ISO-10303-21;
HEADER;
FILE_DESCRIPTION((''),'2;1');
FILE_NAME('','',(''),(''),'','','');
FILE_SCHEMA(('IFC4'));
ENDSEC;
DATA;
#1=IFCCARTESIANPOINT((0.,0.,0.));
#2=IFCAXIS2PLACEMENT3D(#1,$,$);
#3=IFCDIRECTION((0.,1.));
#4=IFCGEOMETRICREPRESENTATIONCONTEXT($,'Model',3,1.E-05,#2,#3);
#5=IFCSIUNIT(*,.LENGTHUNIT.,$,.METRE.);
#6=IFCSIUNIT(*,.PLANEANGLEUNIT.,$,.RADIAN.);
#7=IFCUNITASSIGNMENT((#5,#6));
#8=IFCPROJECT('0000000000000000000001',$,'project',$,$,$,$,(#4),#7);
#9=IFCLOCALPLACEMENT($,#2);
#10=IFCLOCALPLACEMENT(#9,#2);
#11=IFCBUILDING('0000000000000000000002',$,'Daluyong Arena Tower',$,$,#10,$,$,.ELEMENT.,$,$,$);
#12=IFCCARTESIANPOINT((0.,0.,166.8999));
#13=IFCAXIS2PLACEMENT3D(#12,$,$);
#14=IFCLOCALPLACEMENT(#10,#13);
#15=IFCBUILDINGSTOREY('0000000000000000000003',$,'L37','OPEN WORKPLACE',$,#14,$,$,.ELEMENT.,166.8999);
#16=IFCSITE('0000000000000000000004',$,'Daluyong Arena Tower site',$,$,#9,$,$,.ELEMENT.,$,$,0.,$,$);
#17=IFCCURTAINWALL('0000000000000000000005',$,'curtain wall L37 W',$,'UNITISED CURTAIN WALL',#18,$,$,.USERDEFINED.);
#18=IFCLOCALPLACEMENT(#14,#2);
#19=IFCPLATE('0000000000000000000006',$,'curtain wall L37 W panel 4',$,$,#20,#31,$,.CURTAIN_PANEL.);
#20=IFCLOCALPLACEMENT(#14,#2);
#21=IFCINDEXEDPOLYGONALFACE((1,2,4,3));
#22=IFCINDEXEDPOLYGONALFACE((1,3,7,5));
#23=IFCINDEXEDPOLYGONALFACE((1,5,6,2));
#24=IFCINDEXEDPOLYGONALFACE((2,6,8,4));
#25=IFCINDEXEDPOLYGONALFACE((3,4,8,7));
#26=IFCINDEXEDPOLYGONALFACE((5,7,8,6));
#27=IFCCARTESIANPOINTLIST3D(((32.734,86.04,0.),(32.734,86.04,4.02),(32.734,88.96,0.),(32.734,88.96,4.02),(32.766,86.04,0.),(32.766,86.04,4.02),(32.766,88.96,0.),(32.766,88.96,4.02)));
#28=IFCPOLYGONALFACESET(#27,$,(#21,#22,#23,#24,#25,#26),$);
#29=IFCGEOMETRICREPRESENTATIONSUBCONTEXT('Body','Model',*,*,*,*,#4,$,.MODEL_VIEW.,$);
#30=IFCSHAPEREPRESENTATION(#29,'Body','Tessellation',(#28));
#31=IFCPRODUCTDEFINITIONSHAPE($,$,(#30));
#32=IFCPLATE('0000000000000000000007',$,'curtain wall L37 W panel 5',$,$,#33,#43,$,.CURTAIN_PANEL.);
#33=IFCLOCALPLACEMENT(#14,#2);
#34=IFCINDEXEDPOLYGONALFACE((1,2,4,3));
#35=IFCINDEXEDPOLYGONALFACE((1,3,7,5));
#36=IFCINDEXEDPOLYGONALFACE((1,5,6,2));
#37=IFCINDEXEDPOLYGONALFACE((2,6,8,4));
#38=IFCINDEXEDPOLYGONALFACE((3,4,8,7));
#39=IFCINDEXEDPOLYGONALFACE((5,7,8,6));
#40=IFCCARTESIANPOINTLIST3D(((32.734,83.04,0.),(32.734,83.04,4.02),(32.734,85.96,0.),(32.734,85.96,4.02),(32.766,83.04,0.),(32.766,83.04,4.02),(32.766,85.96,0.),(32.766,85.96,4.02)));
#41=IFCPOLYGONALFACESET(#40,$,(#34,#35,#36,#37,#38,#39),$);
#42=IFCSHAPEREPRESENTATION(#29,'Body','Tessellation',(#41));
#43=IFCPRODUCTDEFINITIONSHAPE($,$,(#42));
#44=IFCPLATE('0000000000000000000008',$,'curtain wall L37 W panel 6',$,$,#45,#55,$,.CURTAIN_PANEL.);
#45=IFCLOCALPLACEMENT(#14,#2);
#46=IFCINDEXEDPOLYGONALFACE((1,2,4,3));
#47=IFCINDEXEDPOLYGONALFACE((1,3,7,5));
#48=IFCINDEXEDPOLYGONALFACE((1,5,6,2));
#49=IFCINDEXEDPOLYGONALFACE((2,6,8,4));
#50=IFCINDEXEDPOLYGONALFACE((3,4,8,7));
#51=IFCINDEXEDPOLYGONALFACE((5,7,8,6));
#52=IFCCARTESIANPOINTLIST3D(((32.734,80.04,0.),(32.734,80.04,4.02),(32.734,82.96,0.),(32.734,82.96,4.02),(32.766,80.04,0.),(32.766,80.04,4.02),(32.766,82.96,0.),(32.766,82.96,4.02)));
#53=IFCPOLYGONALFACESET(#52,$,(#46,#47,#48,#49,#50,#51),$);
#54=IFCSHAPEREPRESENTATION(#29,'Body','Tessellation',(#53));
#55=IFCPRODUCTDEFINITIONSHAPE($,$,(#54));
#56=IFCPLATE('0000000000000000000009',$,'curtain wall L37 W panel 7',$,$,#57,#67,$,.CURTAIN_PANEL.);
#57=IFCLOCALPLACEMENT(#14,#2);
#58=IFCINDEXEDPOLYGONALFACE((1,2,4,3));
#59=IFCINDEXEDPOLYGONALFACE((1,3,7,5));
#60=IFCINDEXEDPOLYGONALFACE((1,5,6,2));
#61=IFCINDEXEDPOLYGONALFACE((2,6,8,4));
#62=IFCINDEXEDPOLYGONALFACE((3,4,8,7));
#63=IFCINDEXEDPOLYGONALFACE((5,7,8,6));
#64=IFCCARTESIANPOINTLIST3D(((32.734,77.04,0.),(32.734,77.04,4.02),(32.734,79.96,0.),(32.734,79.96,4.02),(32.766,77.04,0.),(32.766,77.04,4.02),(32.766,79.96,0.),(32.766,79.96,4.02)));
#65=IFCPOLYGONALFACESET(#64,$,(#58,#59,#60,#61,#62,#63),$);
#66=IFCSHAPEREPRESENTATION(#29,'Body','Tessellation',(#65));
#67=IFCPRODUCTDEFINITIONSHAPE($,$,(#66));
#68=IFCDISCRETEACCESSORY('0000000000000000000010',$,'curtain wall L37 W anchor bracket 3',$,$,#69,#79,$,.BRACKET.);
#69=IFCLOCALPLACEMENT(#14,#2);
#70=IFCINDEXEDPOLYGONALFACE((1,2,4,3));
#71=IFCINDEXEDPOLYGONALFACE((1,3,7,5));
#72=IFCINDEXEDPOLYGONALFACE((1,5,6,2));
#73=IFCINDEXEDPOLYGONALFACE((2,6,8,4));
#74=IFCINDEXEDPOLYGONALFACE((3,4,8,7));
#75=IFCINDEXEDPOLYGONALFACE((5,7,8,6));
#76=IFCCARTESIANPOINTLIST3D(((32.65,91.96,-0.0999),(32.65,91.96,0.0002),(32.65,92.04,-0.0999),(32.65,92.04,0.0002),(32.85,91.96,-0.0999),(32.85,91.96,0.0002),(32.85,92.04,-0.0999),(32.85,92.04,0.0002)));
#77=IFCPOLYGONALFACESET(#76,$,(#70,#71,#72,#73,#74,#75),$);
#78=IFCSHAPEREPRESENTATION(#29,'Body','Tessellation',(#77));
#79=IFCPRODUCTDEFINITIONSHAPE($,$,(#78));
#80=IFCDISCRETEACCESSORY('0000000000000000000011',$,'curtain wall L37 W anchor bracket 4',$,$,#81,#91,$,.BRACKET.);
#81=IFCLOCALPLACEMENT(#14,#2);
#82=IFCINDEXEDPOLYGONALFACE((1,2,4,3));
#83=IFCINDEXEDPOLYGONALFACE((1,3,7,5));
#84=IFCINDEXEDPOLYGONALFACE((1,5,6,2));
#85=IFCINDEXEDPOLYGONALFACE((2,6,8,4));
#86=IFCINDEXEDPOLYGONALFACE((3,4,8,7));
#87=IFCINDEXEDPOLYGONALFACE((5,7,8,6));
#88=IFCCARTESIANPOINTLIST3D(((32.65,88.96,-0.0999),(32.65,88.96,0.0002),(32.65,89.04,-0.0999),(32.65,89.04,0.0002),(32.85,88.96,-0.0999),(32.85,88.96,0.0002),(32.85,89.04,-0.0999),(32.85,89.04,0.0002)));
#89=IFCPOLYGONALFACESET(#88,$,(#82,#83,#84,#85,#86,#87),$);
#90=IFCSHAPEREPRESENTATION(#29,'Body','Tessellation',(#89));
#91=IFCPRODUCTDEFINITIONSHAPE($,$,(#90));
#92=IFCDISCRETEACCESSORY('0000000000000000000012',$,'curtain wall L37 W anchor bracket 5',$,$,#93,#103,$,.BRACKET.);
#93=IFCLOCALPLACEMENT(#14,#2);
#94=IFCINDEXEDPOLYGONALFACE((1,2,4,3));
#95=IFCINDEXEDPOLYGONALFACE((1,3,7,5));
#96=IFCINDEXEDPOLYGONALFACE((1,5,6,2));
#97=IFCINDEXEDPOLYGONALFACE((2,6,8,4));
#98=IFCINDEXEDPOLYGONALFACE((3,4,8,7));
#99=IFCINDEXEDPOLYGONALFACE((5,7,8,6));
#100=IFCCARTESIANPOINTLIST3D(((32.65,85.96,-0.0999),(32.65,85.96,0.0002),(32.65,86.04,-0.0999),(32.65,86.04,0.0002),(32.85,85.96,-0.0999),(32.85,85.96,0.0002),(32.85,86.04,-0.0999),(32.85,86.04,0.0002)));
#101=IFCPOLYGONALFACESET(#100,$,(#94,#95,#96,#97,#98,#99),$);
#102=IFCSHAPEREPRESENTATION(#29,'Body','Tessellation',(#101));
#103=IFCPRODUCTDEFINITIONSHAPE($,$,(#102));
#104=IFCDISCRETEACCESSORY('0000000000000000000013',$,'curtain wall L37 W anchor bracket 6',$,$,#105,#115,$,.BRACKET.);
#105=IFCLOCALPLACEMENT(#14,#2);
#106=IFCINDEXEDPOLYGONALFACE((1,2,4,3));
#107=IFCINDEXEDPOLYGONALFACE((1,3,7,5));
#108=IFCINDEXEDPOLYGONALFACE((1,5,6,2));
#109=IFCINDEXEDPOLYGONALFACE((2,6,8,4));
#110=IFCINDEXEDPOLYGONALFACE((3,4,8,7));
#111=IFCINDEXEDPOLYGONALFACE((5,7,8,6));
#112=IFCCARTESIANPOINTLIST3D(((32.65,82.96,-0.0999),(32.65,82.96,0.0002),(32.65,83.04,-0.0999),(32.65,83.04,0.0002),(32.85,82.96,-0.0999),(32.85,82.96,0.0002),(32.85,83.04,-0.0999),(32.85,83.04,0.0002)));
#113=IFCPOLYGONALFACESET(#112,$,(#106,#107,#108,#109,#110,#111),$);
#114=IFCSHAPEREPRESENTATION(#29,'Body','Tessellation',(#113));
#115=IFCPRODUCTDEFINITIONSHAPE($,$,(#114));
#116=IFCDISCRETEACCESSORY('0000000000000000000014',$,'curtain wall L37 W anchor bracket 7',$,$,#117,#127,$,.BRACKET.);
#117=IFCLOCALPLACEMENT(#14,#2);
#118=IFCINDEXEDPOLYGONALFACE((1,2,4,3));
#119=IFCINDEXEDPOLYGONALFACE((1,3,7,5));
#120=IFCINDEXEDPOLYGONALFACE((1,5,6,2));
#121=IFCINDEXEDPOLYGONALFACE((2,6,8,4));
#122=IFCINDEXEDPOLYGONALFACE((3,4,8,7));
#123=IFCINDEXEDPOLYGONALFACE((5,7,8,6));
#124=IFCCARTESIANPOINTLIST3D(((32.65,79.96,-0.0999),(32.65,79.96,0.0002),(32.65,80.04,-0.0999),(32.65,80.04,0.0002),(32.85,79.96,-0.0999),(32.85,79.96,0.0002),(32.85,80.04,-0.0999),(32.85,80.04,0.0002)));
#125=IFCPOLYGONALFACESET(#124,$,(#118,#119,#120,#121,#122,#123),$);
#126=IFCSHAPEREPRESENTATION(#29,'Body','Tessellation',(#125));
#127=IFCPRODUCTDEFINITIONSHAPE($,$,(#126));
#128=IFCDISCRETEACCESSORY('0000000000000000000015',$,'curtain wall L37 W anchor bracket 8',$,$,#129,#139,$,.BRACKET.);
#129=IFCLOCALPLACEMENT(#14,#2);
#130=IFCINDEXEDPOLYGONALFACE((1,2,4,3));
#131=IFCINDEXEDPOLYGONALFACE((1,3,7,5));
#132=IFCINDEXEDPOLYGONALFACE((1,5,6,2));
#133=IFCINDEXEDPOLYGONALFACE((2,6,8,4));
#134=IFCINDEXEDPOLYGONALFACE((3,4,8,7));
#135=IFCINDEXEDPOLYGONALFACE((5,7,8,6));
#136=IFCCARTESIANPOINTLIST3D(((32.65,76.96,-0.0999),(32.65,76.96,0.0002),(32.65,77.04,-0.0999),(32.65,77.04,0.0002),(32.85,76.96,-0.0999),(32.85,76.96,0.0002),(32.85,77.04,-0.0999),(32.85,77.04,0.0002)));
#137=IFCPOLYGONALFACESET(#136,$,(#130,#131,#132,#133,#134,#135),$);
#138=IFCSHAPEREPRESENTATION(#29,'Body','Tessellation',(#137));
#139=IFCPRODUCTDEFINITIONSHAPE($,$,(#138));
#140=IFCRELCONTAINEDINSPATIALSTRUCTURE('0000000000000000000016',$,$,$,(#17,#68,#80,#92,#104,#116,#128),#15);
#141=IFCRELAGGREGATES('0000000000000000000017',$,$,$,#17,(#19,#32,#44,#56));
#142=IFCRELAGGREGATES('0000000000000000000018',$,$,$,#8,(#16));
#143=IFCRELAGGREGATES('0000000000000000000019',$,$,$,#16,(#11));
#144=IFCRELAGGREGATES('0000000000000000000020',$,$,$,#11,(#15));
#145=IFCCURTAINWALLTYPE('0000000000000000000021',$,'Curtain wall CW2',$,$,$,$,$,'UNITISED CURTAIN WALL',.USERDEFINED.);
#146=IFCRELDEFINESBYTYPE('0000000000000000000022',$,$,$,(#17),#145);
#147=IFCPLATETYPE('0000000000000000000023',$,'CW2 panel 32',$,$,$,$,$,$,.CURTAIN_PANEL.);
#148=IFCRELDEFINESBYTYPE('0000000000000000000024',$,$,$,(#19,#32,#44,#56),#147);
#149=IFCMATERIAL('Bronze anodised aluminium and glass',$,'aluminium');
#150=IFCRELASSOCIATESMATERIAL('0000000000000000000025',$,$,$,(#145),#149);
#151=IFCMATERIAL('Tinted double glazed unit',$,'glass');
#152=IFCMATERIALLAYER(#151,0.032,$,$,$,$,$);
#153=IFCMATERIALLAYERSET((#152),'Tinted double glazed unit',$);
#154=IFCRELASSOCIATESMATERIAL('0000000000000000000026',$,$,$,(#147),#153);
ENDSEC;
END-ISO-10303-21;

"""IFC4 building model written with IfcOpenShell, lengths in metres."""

from ifc_helpers import new_model, si_unit, direction, frame, origin, origin_2d, place, context, subcontext, project, spatial, rectangle, extrude, material, layer, layer_set, type_object, element, aggregate, save


model = new_model("IFC4")

# Units and contexts
model_context = context("Model", 3, precision=1e-05, world=origin(), true_north=direction((0.0, 1.0)))
body_context = subcontext(model_context, "Body", "Model", "MODEL_VIEW")
ifc_project = project(units=[si_unit("LENGTHUNIT", "METRE"), si_unit("PLANEANGLEUNIT", "RADIAN")], contexts=[model_context])

# Site, building, storey
site_placement = place(None, origin())
site = spatial("IfcSite", under=ifc_project, at=site_placement, Name="Daluyong Arena Tower site", CompositionType="ELEMENT", RefElevation=0.0)
building_placement = place(site_placement, origin())
building = spatial("IfcBuilding", under=site, at=building_placement, Name="Daluyong Arena Tower", CompositionType="ELEMENT")
storey_placement = place(building_placement, frame((0.0, 0.0, 166.8999)))
storey = spatial("IfcBuildingStorey", under=building, at=storey_placement, Name="L37", Description="OPEN WORKPLACE", CompositionType="ELEMENT", Elevation=166.8999)

# Curtain wall
ifc_material_1 = material(Name="Bronze anodised aluminium and glass", Category="aluminium")
curtain_wall_type = type_object("IfcCurtainWallType", Name="Curtain wall CW2", ElementType="UNITISED CURTAIN WALL", PredefinedType="USERDEFINED", material=ifc_material_1)
curtain_wall_placement = place(storey_placement, origin())
curtain_wall = element("IfcCurtainWall", 1, at=curtain_wall_placement, inside=storey, type_object=curtain_wall_type, Name="curtain wall L37 W", ObjectType="UNITISED CURTAIN WALL", PredefinedType="USERDEFINED")

# Plates
ifc_material_2 = material(Name="Tinted double glazed unit", Category="glass")
ifc_layer = layer(ifc_material_2, 0.032)
ifc_layer_set = layer_set([ifc_layer], Name="Tinted double glazed unit")
plate_type = type_object("IfcPlateType", Name="CW2 panel 32", PredefinedType="CURTAIN_PANEL", material=ifc_layer_set)
plate_1_placement = place(storey_placement, frame((32.75, 87.5, 0.0), z_axis=(0.0, 0.0, 1.0), x_axis=(0.0, -1.0, 0.0)))
plate_1 = element("IfcPlate", 2, at=plate_1_placement, type_object=plate_type, Name="curtain wall L37 W panel 4", PredefinedType="CURTAIN_PANEL", context=body_context, shape_type="SweptSolid", body=[
    extrude(rectangle(XDim=2.9199, YDim=0.032, at=origin_2d()), origin(), (0.0, 0.0, 1.0), 4.02),
])
plate_2_placement = place(storey_placement, frame((32.75, 84.5, 0.0), z_axis=(0.0, 0.0, 1.0), x_axis=(0.0, -1.0, 0.0)))
plate_2 = element("IfcPlate", 3, at=plate_2_placement, type_object=plate_type, Name="curtain wall L37 W panel 5", PredefinedType="CURTAIN_PANEL", context=body_context, shape_type="SweptSolid", body=[
    extrude(rectangle(XDim=2.9199, YDim=0.032, at=origin_2d()), origin(), (0.0, 0.0, 1.0), 4.02),
])
plate_3_placement = place(storey_placement, frame((32.75, 81.5, 0.0), z_axis=(0.0, 0.0, 1.0), x_axis=(0.0, -1.0, 0.0)))
plate_3 = element("IfcPlate", 4, at=plate_3_placement, type_object=plate_type, Name="curtain wall L37 W panel 6", PredefinedType="CURTAIN_PANEL", context=body_context, shape_type="SweptSolid", body=[
    extrude(rectangle(XDim=2.9199, YDim=0.032, at=origin_2d()), origin(), (0.0, 0.0, 1.0), 4.02),
])
plate_4_placement = place(storey_placement, frame((32.75, 78.5, 0.0), z_axis=(0.0, 0.0, 1.0), x_axis=(0.0, -1.0, 0.0)))
plate_4 = element("IfcPlate", 5, at=plate_4_placement, type_object=plate_type, Name="curtain wall L37 W panel 7", PredefinedType="CURTAIN_PANEL", context=body_context, shape_type="SweptSolid", body=[
    extrude(rectangle(XDim=2.9199, YDim=0.032, at=origin_2d()), origin(), (0.0, 0.0, 1.0), 4.02),
])
aggregate(curtain_wall, [plate_1, plate_2, plate_3, plate_4])

# Discrete accessories
for number, where, z_axis, x_axis, name in (
    (6, (32.75, 92.0, -0.0999), (0.0, 0.0, 1.0), (0.0, -1.0, 0.0), "curtain wall L37 W anchor bracket 3"),
    (7, (32.75, 89.0, -0.0999), (0.0, 0.0, 1.0), (0.0, -1.0, 0.0), "curtain wall L37 W anchor bracket 4"),
    (8, (32.75, 86.0, -0.0999), (0.0, 0.0, 1.0), (0.0, -1.0, 0.0), "curtain wall L37 W anchor bracket 5"),
    (9, (32.75, 83.0, -0.0999), (0.0, 0.0, 1.0), (0.0, -1.0, 0.0), "curtain wall L37 W anchor bracket 6"),
    (10, (32.75, 80.0, -0.0999), (0.0, 0.0, 1.0), (0.0, -1.0, 0.0), "curtain wall L37 W anchor bracket 7"),
    (11, (32.75, 77.0, -0.0999), (0.0, 0.0, 1.0), (0.0, -1.0, 0.0), "curtain wall L37 W anchor bracket 8"),
):
    element("IfcDiscreteAccessory", number, at=place(storey_placement, frame(where, z_axis=z_axis, x_axis=x_axis)), inside=storey, Name=name, PredefinedType="BRACKET", context=body_context, shape_type="SweptSolid", body=[
        extrude(rectangle(XDim=0.0801, YDim=0.2, at=origin_2d()), origin(), (0.0, 0.0, 1.0), 0.1001),
    ])

save(model, "model.ifc")
